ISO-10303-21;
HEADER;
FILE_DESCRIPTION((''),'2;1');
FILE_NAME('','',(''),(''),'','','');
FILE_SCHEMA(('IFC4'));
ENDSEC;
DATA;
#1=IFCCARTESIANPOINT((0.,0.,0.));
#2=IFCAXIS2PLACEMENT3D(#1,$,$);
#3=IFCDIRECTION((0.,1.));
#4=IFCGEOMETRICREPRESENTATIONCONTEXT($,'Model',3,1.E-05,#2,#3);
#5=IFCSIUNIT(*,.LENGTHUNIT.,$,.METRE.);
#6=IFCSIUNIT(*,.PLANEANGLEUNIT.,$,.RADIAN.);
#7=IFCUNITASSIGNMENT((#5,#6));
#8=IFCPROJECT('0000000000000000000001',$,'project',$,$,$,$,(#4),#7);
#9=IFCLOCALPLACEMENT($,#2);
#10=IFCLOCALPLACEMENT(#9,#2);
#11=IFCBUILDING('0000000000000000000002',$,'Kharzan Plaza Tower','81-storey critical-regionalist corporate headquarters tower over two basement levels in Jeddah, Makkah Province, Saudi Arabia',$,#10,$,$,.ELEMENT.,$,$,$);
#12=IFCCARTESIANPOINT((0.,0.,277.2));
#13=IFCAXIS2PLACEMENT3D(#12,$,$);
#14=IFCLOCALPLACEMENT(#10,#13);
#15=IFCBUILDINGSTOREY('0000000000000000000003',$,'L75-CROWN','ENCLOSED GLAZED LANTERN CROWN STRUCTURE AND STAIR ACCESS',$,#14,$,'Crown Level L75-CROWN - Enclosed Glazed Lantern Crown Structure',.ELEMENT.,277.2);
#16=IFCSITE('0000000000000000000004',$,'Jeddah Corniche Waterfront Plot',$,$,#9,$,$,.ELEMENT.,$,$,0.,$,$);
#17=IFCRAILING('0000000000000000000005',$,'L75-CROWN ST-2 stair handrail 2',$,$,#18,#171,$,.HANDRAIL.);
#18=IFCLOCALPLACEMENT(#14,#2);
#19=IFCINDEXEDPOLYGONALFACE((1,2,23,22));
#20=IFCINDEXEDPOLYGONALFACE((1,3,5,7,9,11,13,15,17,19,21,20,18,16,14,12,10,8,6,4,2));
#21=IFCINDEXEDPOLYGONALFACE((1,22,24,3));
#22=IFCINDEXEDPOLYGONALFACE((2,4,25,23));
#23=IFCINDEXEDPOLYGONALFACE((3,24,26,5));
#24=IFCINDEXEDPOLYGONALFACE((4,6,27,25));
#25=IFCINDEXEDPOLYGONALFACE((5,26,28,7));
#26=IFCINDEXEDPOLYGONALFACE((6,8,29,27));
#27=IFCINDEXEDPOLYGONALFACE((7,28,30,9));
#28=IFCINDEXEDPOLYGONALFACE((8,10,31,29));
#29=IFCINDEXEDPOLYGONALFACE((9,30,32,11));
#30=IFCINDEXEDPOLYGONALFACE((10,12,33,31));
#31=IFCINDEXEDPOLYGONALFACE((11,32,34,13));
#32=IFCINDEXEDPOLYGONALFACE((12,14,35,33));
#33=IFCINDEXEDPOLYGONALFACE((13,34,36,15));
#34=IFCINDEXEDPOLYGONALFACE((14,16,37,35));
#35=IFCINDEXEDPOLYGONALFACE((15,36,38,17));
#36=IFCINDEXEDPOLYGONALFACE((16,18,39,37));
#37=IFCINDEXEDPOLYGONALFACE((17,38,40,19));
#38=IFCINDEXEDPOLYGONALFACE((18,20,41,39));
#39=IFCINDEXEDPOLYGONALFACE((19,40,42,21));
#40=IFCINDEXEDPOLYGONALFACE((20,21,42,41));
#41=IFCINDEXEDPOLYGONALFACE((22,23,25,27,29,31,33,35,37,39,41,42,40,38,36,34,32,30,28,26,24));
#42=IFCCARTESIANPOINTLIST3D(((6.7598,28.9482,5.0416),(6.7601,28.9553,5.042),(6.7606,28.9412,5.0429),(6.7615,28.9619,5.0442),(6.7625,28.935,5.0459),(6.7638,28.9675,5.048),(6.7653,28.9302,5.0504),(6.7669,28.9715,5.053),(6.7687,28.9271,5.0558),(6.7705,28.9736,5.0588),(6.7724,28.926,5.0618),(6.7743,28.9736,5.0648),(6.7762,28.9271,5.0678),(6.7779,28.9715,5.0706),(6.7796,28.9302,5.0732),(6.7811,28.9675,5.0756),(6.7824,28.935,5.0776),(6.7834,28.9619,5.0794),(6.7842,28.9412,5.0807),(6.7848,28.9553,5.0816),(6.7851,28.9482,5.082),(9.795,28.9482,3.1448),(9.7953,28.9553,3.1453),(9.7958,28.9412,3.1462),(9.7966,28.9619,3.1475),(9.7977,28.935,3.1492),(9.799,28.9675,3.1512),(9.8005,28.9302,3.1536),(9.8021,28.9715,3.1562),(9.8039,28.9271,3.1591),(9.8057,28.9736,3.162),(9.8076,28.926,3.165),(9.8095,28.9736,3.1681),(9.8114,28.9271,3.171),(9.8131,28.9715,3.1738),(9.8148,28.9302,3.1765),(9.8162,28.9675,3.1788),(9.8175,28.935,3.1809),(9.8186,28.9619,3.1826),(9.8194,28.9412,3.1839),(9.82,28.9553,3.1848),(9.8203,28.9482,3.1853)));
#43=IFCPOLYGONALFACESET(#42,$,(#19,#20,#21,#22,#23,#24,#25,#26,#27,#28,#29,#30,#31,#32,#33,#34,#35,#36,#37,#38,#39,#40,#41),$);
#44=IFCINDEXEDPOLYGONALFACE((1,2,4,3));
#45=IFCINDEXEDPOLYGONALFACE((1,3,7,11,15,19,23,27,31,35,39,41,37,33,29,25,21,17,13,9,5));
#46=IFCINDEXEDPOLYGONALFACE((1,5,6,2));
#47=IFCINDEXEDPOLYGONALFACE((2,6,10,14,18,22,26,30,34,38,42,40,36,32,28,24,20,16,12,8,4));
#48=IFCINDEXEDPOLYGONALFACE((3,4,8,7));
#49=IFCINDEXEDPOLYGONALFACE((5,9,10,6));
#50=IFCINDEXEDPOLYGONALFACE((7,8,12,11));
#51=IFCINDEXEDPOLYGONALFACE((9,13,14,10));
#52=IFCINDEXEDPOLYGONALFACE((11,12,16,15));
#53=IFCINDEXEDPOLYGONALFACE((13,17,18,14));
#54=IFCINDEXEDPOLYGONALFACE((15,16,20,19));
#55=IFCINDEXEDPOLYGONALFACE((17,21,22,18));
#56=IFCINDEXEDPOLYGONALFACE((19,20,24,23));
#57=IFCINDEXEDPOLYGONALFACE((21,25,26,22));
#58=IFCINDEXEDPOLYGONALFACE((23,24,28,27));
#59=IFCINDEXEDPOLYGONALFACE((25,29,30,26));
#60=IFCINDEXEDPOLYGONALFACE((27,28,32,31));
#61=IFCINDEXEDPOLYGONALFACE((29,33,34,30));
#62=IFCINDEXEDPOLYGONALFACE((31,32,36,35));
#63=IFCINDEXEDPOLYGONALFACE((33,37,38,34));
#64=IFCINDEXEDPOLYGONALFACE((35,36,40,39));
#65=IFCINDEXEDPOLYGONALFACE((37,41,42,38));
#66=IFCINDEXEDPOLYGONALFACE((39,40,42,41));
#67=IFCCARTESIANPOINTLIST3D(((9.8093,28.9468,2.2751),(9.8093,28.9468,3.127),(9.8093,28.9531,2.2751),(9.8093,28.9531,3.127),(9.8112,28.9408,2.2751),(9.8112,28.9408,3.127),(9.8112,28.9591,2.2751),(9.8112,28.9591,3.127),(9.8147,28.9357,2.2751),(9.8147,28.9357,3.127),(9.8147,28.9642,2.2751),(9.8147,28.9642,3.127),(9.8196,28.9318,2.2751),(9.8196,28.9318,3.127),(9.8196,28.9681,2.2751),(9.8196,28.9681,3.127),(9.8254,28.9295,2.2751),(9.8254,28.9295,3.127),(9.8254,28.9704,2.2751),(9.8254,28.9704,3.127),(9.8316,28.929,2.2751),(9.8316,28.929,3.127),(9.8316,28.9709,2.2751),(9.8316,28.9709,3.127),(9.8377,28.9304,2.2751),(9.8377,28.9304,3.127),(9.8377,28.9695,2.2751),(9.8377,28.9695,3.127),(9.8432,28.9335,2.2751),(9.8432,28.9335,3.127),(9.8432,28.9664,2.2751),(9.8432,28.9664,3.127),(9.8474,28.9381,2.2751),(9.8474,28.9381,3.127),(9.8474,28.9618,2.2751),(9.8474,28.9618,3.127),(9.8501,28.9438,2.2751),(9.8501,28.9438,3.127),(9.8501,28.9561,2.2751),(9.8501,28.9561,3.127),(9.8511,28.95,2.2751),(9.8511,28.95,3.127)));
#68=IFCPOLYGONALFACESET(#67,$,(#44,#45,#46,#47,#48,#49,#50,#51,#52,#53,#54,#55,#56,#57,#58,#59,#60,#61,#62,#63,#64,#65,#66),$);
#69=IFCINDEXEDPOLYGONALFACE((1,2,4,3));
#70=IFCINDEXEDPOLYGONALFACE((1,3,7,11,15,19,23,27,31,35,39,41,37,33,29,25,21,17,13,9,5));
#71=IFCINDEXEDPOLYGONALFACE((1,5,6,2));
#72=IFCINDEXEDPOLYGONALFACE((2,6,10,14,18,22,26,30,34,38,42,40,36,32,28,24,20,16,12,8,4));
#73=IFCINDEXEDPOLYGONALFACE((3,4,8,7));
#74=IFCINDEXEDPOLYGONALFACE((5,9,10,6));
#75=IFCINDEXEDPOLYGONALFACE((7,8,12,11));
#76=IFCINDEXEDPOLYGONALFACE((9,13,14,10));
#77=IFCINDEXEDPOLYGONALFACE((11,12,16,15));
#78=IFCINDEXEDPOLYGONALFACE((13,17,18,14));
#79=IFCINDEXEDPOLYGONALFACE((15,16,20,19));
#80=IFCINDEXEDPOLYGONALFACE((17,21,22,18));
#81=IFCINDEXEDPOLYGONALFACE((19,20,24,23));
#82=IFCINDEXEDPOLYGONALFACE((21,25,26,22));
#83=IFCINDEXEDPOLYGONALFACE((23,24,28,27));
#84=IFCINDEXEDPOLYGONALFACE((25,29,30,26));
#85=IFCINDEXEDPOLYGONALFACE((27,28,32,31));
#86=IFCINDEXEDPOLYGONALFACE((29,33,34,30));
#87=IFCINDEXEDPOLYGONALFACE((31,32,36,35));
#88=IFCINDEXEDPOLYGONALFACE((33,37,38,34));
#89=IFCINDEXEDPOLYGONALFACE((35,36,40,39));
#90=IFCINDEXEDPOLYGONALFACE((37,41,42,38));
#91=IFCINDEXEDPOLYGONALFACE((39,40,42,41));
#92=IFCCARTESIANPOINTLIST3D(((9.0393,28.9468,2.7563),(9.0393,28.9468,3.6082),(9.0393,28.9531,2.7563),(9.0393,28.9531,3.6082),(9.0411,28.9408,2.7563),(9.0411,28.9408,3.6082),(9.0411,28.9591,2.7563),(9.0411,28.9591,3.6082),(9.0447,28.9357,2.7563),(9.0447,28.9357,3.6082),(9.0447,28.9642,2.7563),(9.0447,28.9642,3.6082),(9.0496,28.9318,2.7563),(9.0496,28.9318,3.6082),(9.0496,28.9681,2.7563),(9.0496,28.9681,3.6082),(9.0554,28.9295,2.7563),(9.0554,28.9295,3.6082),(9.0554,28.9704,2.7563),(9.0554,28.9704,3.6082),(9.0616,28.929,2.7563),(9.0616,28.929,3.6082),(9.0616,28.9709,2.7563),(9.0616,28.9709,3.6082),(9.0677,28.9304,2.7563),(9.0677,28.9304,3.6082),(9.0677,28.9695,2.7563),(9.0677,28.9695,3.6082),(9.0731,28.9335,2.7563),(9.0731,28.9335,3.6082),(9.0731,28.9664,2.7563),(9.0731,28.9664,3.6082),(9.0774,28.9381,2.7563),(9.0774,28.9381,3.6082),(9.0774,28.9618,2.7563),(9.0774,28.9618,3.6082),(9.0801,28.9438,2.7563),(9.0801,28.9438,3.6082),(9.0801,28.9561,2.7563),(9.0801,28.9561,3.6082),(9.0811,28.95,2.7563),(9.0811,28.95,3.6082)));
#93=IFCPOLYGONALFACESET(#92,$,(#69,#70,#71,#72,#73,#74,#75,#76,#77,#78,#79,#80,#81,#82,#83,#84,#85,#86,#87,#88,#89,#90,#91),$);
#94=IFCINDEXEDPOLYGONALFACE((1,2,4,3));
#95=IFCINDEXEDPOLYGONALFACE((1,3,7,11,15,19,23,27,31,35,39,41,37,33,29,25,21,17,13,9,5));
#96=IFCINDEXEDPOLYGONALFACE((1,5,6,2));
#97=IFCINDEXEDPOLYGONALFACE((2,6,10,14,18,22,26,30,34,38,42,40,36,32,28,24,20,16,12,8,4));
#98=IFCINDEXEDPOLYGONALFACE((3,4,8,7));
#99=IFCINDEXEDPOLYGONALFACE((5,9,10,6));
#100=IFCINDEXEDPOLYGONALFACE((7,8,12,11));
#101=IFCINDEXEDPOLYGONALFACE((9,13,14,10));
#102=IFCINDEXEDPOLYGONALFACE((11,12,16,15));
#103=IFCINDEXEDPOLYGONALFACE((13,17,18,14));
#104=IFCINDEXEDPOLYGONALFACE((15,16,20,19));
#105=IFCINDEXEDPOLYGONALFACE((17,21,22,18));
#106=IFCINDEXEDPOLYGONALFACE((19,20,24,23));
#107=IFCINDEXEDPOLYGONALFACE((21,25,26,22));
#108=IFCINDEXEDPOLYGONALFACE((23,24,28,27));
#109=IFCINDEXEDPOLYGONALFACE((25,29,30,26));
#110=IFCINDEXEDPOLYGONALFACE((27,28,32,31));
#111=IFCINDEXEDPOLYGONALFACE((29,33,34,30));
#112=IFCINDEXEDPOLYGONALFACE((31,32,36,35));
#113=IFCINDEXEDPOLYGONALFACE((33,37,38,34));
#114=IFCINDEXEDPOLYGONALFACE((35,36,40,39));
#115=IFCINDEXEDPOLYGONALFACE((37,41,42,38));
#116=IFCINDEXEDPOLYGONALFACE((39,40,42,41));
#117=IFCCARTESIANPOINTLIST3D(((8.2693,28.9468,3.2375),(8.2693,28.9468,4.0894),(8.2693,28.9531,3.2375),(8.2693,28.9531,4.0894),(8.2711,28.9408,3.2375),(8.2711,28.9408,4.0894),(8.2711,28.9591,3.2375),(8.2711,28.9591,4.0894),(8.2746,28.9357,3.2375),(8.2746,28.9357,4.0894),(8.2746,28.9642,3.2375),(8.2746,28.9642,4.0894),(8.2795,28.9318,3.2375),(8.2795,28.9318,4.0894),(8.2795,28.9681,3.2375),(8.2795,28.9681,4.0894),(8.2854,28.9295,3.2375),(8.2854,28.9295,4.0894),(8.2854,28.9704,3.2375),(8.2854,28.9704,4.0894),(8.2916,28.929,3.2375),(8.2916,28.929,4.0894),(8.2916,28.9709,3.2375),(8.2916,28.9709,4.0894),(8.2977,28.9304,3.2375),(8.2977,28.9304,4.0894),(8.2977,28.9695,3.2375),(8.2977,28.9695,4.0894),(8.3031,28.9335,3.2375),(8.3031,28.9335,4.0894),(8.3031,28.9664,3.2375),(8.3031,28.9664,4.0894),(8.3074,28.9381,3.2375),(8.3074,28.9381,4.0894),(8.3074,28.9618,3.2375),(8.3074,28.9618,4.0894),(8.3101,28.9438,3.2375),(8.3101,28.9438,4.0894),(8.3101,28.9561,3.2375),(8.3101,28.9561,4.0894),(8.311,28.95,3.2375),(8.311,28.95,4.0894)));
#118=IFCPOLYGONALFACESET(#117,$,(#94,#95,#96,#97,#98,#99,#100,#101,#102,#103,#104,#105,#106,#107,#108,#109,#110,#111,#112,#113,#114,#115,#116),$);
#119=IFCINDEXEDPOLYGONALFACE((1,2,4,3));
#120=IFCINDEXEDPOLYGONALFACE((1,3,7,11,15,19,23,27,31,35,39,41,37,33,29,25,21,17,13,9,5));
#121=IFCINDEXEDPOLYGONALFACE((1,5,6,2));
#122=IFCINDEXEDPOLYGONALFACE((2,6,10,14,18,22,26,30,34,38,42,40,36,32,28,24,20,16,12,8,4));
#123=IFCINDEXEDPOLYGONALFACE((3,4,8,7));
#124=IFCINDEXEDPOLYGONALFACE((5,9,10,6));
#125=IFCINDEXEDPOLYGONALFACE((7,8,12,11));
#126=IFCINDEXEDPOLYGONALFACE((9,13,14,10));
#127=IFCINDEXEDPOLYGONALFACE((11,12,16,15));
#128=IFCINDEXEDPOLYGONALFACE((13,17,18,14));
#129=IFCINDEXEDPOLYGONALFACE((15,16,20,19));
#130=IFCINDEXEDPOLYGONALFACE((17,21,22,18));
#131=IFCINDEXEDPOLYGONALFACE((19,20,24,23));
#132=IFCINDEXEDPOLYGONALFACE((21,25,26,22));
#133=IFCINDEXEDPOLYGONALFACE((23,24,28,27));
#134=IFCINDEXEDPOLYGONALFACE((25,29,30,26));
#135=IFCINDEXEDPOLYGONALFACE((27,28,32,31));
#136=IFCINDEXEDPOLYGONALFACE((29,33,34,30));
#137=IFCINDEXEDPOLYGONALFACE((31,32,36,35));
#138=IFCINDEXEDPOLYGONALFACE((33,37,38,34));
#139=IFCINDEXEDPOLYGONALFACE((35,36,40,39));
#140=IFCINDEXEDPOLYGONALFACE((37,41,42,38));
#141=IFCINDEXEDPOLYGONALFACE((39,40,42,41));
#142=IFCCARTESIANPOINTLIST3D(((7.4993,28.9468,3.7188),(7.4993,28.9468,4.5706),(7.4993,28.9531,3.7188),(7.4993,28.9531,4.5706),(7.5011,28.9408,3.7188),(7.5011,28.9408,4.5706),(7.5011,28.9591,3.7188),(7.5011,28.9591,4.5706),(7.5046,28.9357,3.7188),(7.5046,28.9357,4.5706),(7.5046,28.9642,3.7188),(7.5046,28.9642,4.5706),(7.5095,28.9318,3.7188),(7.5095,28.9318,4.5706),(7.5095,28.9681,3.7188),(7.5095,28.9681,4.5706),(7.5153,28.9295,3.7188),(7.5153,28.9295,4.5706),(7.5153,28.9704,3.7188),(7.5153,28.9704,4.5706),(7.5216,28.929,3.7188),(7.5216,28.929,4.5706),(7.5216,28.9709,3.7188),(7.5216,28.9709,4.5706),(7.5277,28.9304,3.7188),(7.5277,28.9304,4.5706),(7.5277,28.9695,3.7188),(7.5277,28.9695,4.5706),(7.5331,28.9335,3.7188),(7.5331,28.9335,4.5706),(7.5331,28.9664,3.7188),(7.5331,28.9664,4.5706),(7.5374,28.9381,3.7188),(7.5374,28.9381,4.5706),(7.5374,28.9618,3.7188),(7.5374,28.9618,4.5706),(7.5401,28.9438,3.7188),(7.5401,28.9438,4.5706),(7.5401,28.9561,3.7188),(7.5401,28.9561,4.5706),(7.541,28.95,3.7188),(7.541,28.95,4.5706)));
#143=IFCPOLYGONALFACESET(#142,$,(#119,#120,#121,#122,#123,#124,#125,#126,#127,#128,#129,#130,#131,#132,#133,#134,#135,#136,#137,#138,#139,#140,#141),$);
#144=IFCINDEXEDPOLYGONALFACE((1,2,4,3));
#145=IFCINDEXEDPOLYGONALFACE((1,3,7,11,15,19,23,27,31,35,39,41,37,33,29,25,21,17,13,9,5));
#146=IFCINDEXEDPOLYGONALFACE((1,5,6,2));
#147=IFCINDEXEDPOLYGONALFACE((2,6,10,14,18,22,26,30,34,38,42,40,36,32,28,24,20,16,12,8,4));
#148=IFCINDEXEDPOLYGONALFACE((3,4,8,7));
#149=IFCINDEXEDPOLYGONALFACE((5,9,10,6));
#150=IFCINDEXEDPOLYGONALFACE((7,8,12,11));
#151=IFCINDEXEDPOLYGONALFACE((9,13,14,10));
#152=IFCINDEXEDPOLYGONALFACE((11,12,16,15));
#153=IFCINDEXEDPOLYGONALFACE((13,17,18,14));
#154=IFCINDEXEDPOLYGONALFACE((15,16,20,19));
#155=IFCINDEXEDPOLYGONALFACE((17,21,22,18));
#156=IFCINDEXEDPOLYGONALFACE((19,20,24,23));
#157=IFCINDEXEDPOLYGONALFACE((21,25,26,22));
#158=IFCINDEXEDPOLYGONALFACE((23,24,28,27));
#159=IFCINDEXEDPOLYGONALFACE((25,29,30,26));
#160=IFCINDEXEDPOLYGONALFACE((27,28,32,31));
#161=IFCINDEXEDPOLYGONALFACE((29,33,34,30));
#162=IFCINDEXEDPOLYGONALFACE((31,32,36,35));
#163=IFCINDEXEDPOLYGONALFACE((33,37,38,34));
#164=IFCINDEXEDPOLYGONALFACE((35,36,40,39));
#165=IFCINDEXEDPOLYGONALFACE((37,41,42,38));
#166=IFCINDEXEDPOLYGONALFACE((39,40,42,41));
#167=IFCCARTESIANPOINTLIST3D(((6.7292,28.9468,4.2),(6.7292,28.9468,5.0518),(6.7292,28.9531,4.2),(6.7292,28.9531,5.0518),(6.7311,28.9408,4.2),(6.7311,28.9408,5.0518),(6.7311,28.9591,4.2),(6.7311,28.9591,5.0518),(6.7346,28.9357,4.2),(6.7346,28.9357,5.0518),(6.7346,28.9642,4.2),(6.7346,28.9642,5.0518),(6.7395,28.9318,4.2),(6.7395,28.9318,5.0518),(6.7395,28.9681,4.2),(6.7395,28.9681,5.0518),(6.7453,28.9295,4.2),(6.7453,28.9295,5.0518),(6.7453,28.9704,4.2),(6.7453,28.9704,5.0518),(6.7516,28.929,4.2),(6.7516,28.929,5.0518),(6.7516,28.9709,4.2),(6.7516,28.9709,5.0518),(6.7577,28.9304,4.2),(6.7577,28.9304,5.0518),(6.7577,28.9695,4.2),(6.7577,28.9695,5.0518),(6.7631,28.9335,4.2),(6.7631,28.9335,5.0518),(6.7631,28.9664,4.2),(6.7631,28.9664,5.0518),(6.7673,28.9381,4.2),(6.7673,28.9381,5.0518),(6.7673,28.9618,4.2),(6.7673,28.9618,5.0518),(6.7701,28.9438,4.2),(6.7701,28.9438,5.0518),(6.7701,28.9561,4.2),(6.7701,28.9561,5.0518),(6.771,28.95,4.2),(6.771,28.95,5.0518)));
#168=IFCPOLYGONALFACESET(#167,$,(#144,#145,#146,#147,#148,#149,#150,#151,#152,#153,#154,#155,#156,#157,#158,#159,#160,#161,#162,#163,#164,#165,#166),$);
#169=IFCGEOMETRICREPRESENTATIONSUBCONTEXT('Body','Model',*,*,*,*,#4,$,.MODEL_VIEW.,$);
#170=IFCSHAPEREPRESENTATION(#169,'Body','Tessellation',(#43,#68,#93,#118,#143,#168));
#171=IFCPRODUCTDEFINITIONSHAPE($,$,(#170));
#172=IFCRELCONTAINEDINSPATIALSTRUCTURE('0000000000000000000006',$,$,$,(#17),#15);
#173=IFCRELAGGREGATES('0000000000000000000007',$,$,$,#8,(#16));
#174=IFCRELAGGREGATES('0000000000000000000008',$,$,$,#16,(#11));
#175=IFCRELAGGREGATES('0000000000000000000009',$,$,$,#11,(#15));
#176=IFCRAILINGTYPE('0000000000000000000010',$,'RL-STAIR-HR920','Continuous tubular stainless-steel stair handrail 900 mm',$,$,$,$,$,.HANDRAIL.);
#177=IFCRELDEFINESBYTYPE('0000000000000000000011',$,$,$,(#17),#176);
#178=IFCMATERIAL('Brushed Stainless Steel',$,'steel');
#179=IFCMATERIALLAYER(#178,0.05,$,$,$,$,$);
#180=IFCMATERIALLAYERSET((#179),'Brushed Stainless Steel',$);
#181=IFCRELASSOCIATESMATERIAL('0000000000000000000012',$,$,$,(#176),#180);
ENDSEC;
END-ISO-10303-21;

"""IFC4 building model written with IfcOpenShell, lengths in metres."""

from ifc_helpers import new_model, si_unit, direction, frame, origin, origin_2d, place, context, subcontext, project, spatial, circle, extrude, source, transform, mapped, material, layer, layer_set, type_object, element, save


model = new_model("IFC4")

# Units and contexts
model_context = context("Model", 3, precision=1e-05, world=origin(), true_north=direction((0.0, 1.0)))
body_context = subcontext(model_context, "Body", "Model", "MODEL_VIEW")
ifc_project = project(units=[si_unit("LENGTHUNIT", "METRE"), si_unit("PLANEANGLEUNIT", "RADIAN")], contexts=[model_context])

# Site, building, storey
site_placement = place(None, origin())
site = spatial("IfcSite", under=ifc_project, at=site_placement, Name="Jeddah Corniche Waterfront Plot", CompositionType="ELEMENT", RefElevation=0.0)
building_placement = place(site_placement, origin())
building = spatial("IfcBuilding", under=site, at=building_placement, Name="Kharzan Plaza Tower", Description="81-storey critical-regionalist corporate headquarters tower over two basement levels in Jeddah, Makkah Province, Saudi Arabia", CompositionType="ELEMENT")
storey_placement = place(building_placement, frame((0.0, 0.0, 277.2)))
storey = spatial("IfcBuildingStorey", under=building, at=storey_placement, Name="L75-CROWN", Description="ENCLOSED GLAZED LANTERN CROWN STRUCTURE AND STAIR ACCESS", LongName="Crown Level L75-CROWN - Enclosed Glazed Lantern Crown Structure", CompositionType="ELEMENT", Elevation=277.2)

# Railing
ifc_material_1 = material(Name="Brushed Stainless Steel", Category="steel")
ifc_layer_1 = layer(ifc_material_1, 0.05)
ifc_layer_set_1 = layer_set([ifc_layer_1], Name="Brushed Stainless Steel")
railing_type = type_object("IfcRailingType", Name="RL-STAIR-HR920", Description="Continuous tubular stainless-steel stair handrail 900 mm", PredefinedType="HANDRAIL", material=ifc_layer_set_1)
shared_shape_1 = source(origin(), body_context, "Body", "SweptSolid", [
    extrude(circle(Radius=0.0239, at=origin_2d()), frame((-0.0225, 0.0, 0.8899), z_axis=(-0.848029, 0.0, 0.529951), x_axis=(0.0, -1.0, 0.0)), (0.0, 0.0, 1.0), 3.5791),
    extrude(circle(Radius=0.021, at=origin_2d()), origin(), (0.0, 0.0, 1.0), 0.8518),
    extrude(circle(Radius=0.021, at=origin_2d()), frame((-0.77, 0.0, 0.4812)), (0.0, 0.0, 1.0), 0.8518),
    extrude(circle(Radius=0.021, at=origin_2d()), frame((-1.54, 0.0, 0.9624)), (0.0, 0.0, 1.0), 0.8518),
    extrude(circle(Radius=0.021, at=origin_2d()), frame((-2.3101, 0.0, 1.4436)), (0.0, 0.0, 1.0), 0.8518),
    extrude(circle(Radius=0.021, at=origin_2d()), frame((-3.0801, 0.0, 1.9248)), (0.0, 0.0, 1.0), 0.8518),
])
railing_placement = place(storey_placement, frame((9.8301, 28.95, 2.2751)))
element("IfcRailing", 1, at=railing_placement, inside=storey, type_object=railing_type, Name="L75-CROWN ST-2 stair handrail 2", PredefinedType="HANDRAIL", context=body_context, shape_type="MappedRepresentation", body=[
    mapped(shared_shape_1, transform((0.0, 0.0, 0.0), x_axis=(1.0, 0.0, 0.0), y_axis=(0.0, 1.0, 0.0), z_axis=(0.0, 0.0, 1.0))),
])

save(model, "model.ifc")
